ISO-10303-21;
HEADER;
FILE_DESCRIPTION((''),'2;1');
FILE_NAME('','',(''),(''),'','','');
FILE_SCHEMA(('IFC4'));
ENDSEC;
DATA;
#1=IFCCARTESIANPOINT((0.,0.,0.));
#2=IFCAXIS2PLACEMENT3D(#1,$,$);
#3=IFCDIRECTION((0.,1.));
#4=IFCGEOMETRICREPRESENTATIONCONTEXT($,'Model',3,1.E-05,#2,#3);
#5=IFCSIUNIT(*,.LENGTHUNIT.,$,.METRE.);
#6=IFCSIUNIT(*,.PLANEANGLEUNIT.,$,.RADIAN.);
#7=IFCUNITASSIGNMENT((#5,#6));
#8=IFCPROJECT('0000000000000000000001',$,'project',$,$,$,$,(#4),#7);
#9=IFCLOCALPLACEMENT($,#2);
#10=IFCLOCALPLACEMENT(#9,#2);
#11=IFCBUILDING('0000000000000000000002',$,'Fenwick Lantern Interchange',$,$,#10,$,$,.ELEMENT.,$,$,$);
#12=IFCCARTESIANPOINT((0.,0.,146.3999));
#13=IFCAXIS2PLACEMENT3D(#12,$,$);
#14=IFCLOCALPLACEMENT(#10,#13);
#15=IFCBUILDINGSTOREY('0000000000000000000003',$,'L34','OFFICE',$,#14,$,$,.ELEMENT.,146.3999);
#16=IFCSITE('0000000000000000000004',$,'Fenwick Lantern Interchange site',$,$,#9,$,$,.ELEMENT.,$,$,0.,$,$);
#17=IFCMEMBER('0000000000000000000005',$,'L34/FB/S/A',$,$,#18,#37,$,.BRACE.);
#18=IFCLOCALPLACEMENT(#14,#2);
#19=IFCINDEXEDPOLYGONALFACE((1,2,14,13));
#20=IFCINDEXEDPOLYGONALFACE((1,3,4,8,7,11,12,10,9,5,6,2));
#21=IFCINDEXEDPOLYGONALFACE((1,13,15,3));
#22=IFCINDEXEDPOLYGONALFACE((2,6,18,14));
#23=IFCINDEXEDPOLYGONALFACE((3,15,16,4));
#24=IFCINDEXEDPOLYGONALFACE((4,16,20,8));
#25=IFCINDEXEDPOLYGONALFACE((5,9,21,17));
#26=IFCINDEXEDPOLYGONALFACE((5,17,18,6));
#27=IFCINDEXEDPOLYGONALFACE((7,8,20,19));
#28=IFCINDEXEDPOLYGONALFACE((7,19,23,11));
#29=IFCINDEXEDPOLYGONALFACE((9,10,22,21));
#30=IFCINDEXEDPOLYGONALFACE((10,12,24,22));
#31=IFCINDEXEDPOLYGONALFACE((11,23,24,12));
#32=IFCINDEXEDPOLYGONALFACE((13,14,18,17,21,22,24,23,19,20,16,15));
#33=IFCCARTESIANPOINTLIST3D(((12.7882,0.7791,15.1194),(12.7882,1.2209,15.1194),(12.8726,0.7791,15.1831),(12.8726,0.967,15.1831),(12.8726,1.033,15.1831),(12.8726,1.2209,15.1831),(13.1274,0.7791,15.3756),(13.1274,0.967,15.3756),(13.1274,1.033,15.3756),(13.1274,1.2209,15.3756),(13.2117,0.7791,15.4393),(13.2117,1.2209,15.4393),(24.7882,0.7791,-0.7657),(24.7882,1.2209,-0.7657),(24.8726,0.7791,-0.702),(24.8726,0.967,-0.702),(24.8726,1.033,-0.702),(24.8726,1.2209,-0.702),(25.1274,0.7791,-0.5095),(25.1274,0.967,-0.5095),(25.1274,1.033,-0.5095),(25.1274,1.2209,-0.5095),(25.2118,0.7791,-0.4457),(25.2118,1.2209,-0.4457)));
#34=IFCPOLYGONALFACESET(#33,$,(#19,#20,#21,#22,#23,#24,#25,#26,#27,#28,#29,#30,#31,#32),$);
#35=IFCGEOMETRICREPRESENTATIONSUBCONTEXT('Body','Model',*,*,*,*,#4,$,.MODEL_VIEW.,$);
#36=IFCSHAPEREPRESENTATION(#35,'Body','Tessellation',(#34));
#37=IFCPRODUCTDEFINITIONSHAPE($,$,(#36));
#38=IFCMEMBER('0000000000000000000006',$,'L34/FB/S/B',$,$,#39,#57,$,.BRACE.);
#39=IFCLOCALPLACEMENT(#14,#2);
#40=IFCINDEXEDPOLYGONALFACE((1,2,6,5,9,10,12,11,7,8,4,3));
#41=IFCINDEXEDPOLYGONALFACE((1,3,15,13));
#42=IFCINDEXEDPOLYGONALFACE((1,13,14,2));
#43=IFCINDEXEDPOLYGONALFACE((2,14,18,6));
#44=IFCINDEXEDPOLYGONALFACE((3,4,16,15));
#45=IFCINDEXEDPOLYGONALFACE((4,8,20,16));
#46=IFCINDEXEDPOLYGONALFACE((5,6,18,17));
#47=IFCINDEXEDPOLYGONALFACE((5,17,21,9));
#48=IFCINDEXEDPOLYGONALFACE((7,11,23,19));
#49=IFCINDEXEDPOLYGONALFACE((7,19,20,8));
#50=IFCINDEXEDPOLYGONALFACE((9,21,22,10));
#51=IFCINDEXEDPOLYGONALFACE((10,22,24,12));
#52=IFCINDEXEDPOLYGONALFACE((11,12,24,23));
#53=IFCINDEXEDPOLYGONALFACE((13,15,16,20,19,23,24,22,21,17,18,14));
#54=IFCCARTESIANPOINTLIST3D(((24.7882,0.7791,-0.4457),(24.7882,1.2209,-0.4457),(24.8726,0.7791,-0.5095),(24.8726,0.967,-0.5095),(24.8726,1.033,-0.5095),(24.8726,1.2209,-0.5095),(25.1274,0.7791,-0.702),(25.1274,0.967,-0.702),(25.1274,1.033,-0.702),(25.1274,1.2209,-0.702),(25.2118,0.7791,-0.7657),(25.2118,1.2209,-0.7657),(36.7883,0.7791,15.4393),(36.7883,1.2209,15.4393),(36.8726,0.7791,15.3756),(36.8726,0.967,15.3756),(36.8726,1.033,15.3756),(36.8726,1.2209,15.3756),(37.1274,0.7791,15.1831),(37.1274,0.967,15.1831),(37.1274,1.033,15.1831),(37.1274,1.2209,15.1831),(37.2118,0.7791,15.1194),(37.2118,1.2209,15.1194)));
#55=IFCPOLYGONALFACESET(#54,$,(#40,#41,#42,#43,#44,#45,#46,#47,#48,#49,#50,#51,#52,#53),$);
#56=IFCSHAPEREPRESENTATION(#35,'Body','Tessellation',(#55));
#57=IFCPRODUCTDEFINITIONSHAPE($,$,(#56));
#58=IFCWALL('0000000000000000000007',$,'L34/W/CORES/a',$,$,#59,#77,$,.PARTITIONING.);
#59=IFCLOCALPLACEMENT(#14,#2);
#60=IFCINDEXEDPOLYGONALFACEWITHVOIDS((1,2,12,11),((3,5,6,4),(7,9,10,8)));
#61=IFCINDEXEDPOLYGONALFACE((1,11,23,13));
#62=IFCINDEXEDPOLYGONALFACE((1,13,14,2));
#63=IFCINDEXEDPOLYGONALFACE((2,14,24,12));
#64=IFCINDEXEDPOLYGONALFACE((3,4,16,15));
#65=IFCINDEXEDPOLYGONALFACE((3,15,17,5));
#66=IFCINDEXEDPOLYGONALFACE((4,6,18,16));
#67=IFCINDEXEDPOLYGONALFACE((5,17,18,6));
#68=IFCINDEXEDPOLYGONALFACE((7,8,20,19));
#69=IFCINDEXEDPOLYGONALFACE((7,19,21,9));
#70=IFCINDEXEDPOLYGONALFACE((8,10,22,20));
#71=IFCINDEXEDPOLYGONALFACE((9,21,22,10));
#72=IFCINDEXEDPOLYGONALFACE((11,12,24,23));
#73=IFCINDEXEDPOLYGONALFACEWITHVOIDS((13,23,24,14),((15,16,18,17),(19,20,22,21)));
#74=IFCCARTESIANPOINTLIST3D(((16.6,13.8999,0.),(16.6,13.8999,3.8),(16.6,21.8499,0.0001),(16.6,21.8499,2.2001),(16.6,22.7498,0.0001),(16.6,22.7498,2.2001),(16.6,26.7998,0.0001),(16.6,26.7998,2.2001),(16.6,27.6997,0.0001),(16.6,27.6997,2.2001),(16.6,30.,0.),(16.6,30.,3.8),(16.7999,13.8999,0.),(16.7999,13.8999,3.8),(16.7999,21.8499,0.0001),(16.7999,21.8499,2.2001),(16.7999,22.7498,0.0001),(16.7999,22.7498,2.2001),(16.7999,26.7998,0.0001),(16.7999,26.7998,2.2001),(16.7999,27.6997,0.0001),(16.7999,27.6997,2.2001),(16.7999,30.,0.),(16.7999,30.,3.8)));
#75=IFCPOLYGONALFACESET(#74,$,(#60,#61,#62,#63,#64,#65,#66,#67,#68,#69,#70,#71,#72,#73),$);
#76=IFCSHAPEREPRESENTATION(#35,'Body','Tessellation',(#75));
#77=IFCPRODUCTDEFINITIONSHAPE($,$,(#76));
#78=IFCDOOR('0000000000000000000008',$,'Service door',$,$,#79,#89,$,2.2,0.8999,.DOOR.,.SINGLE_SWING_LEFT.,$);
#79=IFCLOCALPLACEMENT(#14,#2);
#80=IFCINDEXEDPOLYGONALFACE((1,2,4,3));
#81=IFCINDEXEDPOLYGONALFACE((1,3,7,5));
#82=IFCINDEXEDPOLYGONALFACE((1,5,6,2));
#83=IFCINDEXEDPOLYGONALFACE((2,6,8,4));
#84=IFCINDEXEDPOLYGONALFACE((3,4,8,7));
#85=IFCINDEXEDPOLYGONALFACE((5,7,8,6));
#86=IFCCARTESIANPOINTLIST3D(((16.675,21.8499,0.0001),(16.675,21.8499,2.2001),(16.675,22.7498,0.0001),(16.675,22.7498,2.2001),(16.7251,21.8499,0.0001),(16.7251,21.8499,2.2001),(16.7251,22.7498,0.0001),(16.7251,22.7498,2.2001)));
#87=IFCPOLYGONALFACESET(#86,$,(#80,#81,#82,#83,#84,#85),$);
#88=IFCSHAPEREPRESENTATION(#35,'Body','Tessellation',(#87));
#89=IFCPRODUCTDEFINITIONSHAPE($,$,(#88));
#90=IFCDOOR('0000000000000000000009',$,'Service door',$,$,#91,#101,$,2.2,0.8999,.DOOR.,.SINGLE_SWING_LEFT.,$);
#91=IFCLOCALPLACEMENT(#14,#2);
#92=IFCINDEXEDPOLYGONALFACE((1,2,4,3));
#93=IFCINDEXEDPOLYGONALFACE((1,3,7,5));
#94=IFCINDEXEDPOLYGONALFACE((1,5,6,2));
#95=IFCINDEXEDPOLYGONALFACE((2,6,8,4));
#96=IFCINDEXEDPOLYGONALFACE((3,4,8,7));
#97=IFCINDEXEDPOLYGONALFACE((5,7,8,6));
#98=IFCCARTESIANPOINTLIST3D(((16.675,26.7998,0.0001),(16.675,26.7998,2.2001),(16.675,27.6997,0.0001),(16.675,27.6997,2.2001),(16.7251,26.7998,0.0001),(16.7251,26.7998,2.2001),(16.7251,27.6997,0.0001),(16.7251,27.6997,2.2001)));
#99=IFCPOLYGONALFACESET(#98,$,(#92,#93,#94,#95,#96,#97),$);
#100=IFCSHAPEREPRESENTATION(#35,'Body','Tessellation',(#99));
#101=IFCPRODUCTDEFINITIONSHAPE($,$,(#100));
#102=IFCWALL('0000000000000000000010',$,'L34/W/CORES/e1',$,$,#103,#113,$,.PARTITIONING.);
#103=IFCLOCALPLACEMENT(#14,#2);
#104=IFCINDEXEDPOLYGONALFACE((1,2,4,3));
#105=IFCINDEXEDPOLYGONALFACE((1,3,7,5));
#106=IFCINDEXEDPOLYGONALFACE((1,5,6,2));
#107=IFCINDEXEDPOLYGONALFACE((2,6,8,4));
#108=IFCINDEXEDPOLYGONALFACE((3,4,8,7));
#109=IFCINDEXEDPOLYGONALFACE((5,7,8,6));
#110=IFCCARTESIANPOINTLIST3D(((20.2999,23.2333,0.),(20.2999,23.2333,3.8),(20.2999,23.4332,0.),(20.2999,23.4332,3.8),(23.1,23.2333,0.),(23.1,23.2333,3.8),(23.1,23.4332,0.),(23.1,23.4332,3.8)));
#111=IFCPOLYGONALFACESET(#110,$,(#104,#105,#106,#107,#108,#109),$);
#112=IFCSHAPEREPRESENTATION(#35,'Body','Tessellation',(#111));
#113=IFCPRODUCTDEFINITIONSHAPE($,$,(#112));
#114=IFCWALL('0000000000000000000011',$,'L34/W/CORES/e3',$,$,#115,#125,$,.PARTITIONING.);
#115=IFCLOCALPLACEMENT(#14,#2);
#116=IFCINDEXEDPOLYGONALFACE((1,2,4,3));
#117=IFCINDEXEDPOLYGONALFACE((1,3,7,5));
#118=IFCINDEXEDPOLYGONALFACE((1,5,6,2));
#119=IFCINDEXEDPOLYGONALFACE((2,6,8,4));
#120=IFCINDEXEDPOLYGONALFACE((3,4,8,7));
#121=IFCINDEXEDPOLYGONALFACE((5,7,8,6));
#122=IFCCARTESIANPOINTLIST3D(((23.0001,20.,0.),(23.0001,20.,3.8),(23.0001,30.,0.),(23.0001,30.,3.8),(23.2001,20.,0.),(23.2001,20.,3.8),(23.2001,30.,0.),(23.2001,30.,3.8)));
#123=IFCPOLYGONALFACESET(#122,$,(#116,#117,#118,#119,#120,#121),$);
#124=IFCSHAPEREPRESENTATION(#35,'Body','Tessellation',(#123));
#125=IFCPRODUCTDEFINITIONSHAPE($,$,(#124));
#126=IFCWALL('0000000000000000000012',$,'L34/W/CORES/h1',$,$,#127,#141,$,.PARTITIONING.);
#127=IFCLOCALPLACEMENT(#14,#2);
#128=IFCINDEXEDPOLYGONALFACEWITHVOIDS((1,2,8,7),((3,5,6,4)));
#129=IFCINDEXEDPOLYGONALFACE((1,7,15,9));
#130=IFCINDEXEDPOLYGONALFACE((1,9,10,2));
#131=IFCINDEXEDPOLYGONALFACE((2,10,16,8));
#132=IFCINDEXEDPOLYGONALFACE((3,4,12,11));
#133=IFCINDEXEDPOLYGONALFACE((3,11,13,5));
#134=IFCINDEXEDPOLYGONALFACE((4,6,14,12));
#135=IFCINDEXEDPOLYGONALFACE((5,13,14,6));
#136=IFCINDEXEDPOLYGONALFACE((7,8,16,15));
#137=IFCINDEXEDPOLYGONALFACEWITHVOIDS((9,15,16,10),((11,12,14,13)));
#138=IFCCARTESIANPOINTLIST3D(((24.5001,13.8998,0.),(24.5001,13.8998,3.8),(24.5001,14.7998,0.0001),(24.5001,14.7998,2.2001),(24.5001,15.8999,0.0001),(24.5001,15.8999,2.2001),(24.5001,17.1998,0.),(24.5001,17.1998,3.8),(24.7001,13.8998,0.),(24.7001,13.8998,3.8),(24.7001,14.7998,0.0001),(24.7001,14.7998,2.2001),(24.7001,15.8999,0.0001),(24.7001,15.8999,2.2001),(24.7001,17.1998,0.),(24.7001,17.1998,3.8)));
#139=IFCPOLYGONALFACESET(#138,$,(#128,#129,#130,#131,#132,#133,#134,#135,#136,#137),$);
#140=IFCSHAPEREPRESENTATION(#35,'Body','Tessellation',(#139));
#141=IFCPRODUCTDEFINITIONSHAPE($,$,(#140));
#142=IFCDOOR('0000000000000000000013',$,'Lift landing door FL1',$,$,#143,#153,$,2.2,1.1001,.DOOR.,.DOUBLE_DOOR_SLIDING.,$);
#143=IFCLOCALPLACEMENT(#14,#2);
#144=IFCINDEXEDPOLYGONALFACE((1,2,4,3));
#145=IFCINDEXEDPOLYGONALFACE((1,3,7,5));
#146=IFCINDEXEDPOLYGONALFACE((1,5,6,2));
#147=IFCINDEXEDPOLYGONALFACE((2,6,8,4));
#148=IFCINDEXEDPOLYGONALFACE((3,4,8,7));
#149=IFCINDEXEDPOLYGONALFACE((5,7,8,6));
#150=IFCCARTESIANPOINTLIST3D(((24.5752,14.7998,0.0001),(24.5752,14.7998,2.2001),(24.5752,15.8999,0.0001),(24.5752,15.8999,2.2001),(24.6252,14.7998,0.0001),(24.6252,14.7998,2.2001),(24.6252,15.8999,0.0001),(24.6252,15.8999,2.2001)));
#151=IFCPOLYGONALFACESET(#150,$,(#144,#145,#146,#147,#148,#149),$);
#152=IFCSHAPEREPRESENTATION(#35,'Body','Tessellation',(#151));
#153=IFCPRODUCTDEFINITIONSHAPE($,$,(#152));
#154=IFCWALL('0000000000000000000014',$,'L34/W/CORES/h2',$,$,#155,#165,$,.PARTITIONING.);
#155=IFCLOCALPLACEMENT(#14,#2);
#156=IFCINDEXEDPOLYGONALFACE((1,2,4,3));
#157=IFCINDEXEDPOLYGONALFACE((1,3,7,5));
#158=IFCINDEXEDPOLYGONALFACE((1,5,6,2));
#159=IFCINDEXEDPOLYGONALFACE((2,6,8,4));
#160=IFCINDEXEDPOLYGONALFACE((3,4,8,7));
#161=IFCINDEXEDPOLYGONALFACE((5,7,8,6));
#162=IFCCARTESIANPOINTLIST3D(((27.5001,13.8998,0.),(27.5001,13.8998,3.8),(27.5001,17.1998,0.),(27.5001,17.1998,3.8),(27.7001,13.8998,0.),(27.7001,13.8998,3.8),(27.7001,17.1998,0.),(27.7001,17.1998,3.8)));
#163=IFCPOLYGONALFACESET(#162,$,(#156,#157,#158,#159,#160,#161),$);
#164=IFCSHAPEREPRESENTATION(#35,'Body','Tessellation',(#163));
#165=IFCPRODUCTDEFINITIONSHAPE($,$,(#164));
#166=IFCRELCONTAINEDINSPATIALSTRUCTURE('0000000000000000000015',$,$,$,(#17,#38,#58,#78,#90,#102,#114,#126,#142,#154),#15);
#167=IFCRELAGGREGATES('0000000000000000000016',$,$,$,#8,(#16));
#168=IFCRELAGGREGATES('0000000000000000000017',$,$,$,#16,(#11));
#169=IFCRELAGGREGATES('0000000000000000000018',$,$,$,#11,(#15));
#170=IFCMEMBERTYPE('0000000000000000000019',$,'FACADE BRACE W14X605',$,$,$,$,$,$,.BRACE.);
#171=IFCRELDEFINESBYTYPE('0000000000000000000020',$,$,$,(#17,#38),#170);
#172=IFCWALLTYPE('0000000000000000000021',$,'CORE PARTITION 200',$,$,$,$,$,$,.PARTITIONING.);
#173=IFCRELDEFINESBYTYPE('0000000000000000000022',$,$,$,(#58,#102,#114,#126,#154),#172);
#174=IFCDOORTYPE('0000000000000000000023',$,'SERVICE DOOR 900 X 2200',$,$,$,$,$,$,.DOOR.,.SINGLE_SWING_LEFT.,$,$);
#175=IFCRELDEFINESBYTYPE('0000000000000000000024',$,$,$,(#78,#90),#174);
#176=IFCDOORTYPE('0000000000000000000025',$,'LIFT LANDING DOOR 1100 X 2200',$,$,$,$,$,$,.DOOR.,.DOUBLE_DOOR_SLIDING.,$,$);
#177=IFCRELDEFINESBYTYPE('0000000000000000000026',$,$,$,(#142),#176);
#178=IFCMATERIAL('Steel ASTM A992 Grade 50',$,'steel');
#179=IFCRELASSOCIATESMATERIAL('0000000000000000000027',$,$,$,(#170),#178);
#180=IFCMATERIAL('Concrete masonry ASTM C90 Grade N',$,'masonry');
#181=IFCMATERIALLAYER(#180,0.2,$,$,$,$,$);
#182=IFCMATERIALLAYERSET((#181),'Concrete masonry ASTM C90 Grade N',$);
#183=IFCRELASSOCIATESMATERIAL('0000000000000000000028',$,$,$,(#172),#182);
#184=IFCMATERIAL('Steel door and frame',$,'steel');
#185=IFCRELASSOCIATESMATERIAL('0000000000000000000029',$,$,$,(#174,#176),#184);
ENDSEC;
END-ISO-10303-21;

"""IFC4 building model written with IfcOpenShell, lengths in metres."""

from ifc_helpers import new_model, si_unit, direction, frame, frame_2d, origin, origin_2d, place, context, subcontext, project, spatial, rectangle, i_section, extrude, material, layer, layer_set, material_profile, profile_set, type_object, element, fill, save


model = new_model("IFC4")

# Units and contexts
model_context = context("Model", 3, precision=1e-05, world=origin(), true_north=direction((0.0, 1.0)))
body_context = subcontext(model_context, "Body", "Model", "MODEL_VIEW")
ifc_project = project(units=[si_unit("LENGTHUNIT", "METRE"), si_unit("PLANEANGLEUNIT", "RADIAN")], contexts=[model_context])

# Site, building, storey
site_placement = place(None, origin())
site = spatial("IfcSite", under=ifc_project, at=site_placement, Name="Fenwick Lantern Interchange site", CompositionType="ELEMENT", RefElevation=0.0)
building_placement = place(site_placement, origin())
building = spatial("IfcBuilding", under=site, at=building_placement, Name="Fenwick Lantern Interchange", CompositionType="ELEMENT")
storey_placement = place(building_placement, frame((0.0, 0.0, 146.3999)))
storey = spatial("IfcBuildingStorey", under=building, at=storey_placement, Name="L34", Description="OFFICE", CompositionType="ELEMENT", Elevation=146.3999)

# Members
ifc_material_1 = material(Name="Steel ASTM A992 Grade 50", Category="steel")
ifc_material_profile = material_profile(ifc_material_1, i_section(OverallWidth=0.4419, OverallDepth=0.5308, WebThickness=0.0659, FlangeThickness=0.1057, at=origin_2d()), Name="W14X605")
ifc_profile_set = profile_set([ifc_material_profile], Name="Steel ASTM A992 Grade 50")
member_type = type_object("IfcMemberType", Name="FACADE BRACE W14X605", PredefinedType="BRACE", material=ifc_profile_set)
for number, where, z_axis, x_axis, name in (
    (1, (25.0, 1.0, -0.6057), (-0.602769, 0.0, 0.797916), (0.0, -1.0, 0.0), "L34/FB/S/A"),
    (2, (25.0, 1.0, -0.6057), (0.602769, 0.0, 0.797916), (0.0, 1.0, 0.0), "L34/FB/S/B"),
):
    element("IfcMember", number, at=place(storey_placement, frame(where, z_axis=z_axis, x_axis=x_axis)), inside=storey, type_object=member_type, Name=name, PredefinedType="BRACE", context=body_context, shape_type="SweptSolid", body=[
        extrude(i_section(OverallWidth=0.4419, OverallDepth=0.5308, WebThickness=0.0659, FlangeThickness=0.1057, at=origin_2d()), origin(), (0.0, 0.0, 1.0), 19.9082),
    ])

# Wall, openings, doors
ifc_material_2 = material(Name="Concrete masonry ASTM C90 Grade N", Category="masonry")
ifc_layer_1 = layer(ifc_material_2, 0.2)
ifc_layer_set_1 = layer_set([ifc_layer_1], Name="Concrete masonry ASTM C90 Grade N")
wall_type_1 = type_object("IfcWallType", Name="CORE PARTITION 200", PredefinedType="PARTITIONING", material=ifc_layer_set_1)
wall_1_placement = place(storey_placement, frame((16.7, 13.8999, 0.0), z_axis=(0.0, 0.0, 1.0), x_axis=(0.0, 1.0, 0.0)))
wall_1 = element("IfcWall", 3, at=wall_1_placement, inside=storey, type_object=wall_type_1, Name="L34/W/CORES/a", PredefinedType="PARTITIONING", context=body_context, shape_type="SweptSolid", body=[
    extrude(rectangle(XDim=16.1001, YDim=0.2, at=frame_2d((8.05, 0.0))), origin(), (0.0, 0.0, 1.0), 3.8),
])
opening_1_placement = place(wall_1_placement, frame((7.95, 0.0, 0.0)))
opening_1 = element("IfcOpeningElement", 4, at=opening_1_placement, cuts=wall_1, PredefinedType="OPENING", context=body_context, shape_type="SweptSolid", body=[
    extrude(rectangle(XDim=0.8999, YDim=2.2, at=frame_2d((0.45, 1.1001))), frame((0.0, 0.1099, 0.0), z_axis=(0.0, -1.0, 0.0), x_axis=(1.0, 0.0, 0.0)), (0.0, 0.0, 1.0), 0.22),
])
opening_2_placement = place(wall_1_placement, frame((12.8999, 0.0, 0.0)))
opening_2 = element("IfcOpeningElement", 5, at=opening_2_placement, cuts=wall_1, PredefinedType="OPENING", context=body_context, shape_type="SweptSolid", body=[
    extrude(rectangle(XDim=0.8999, YDim=2.2, at=frame_2d((0.45, 1.1001))), frame((0.0, 0.1099, 0.0), z_axis=(0.0, -1.0, 0.0), x_axis=(1.0, 0.0, 0.0)), (0.0, 0.0, 1.0), 0.22),
])
ifc_material_3 = material(Name="Steel door and frame", Category="steel")
door_type_1 = type_object("IfcDoorType", Name="SERVICE DOOR 900 X 2200", OperationType="SINGLE_SWING_LEFT", PredefinedType="DOOR", material=ifc_material_3)
door_1_placement = place(opening_1_placement, origin())
door_1 = element("IfcDoor", 6, at=door_1_placement, inside=storey, type_object=door_type_1, Name="Service door", OperationType="SINGLE_SWING_LEFT", OverallHeight=2.2, OverallWidth=0.8999, PredefinedType="DOOR", context=body_context, shape_type="SweptSolid", body=[
    extrude(rectangle(XDim=0.8999, YDim=2.2, at=frame_2d((0.45, 1.1001))), frame((0.0, 0.0249, 0.0), z_axis=(0.0, -1.0, 0.0), x_axis=(1.0, 0.0, 0.0)), (0.0, 0.0, 1.0), 0.05),
])
fill(opening_1, door_1)
door_2_placement = place(opening_2_placement, origin())
door_2 = element("IfcDoor", 7, at=door_2_placement, inside=storey, type_object=door_type_1, Name="Service door", OperationType="SINGLE_SWING_LEFT", OverallHeight=2.2, OverallWidth=0.8999, PredefinedType="DOOR", context=body_context, shape_type="SweptSolid", body=[
    extrude(rectangle(XDim=0.8999, YDim=2.2, at=frame_2d((0.45, 1.1001))), frame((0.0, 0.0249, 0.0), z_axis=(0.0, -1.0, 0.0), x_axis=(1.0, 0.0, 0.0)), (0.0, 0.0, 1.0), 0.05),
])
fill(opening_2, door_2)

# Walls
wall_2_placement = place(storey_placement, frame((20.3, 23.3333, 0.0), z_axis=(0.0, 0.0, 1.0), x_axis=(1.0, 0.0, 0.0)))
element("IfcWall", 8, at=wall_2_placement, inside=storey, type_object=wall_type_1, Name="L34/W/CORES/e1", PredefinedType="PARTITIONING", context=body_context, shape_type="SweptSolid", body=[
    extrude(rectangle(XDim=2.8, YDim=0.2, at=frame_2d((1.3999, 0.0))), origin(), (0.0, 0.0, 1.0), 3.8),
])
wall_3_placement = place(storey_placement, frame((23.1001, 20.0, 0.0), z_axis=(0.0, 0.0, 1.0), x_axis=(0.0, 1.0, 0.0)))
element("IfcWall", 9, at=wall_3_placement, inside=storey, type_object=wall_type_1, Name="L34/W/CORES/e3", PredefinedType="PARTITIONING", context=body_context, shape_type="SweptSolid", body=[
    extrude(rectangle(XDim=10.0, YDim=0.2, at=frame_2d((5.0, 0.0))), origin(), (0.0, 0.0, 1.0), 3.8),
])

# Wall, opening, door
wall_4_placement = place(storey_placement, frame((24.6001, 13.8999, 0.0), z_axis=(0.0, 0.0, 1.0), x_axis=(0.0, 1.0, 0.0)))
wall_4 = element("IfcWall", 10, at=wall_4_placement, inside=storey, type_object=wall_type_1, Name="L34/W/CORES/h1", PredefinedType="PARTITIONING", context=body_context, shape_type="SweptSolid", body=[
    extrude(rectangle(XDim=3.3, YDim=0.2, at=frame_2d((1.6499, 0.0))), origin(), (0.0, 0.0, 1.0), 3.8),
])
opening_3_placement = place(wall_4_placement, frame((0.8999, 0.0, 0.0)))
opening_3 = element("IfcOpeningElement", 11, at=opening_3_placement, cuts=wall_4, PredefinedType="OPENING", context=body_context, shape_type="SweptSolid", body=[
    extrude(rectangle(XDim=1.1001, YDim=2.2, at=frame_2d((0.55, 1.1001))), frame((0.0, 0.1099, 0.0), z_axis=(0.0, -1.0, 0.0), x_axis=(1.0, 0.0, 0.0)), (0.0, 0.0, 1.0), 0.22),
])
door_type_2 = type_object("IfcDoorType", Name="LIFT LANDING DOOR 1100 X 2200", OperationType="DOUBLE_DOOR_SLIDING", PredefinedType="DOOR", material=ifc_material_3)
door_3_placement = place(opening_3_placement, origin())
door_3 = element("IfcDoor", 12, at=door_3_placement, inside=storey, type_object=door_type_2, Name="Lift landing door FL1", OperationType="DOUBLE_DOOR_SLIDING", OverallHeight=2.2, OverallWidth=1.1001, PredefinedType="DOOR", context=body_context, shape_type="SweptSolid", body=[
    extrude(rectangle(XDim=1.1001, YDim=2.2, at=frame_2d((0.55, 1.1001))), frame((0.0, 0.0249, 0.0), z_axis=(0.0, -1.0, 0.0), x_axis=(1.0, 0.0, 0.0)), (0.0, 0.0, 1.0), 0.05),
])
fill(opening_3, door_3)

# Wall
wall_5_placement = place(storey_placement, frame((27.6001, 13.8999, 0.0), z_axis=(0.0, 0.0, 1.0), x_axis=(0.0, 1.0, 0.0)))
element("IfcWall", 13, at=wall_5_placement, inside=storey, type_object=wall_type_1, Name="L34/W/CORES/h2", PredefinedType="PARTITIONING", context=body_context, shape_type="SweptSolid", body=[
    extrude(rectangle(XDim=3.3, YDim=0.2, at=frame_2d((1.6499, 0.0))), origin(), (0.0, 0.0, 1.0), 3.8),
])

save(model, "model.ifc")
